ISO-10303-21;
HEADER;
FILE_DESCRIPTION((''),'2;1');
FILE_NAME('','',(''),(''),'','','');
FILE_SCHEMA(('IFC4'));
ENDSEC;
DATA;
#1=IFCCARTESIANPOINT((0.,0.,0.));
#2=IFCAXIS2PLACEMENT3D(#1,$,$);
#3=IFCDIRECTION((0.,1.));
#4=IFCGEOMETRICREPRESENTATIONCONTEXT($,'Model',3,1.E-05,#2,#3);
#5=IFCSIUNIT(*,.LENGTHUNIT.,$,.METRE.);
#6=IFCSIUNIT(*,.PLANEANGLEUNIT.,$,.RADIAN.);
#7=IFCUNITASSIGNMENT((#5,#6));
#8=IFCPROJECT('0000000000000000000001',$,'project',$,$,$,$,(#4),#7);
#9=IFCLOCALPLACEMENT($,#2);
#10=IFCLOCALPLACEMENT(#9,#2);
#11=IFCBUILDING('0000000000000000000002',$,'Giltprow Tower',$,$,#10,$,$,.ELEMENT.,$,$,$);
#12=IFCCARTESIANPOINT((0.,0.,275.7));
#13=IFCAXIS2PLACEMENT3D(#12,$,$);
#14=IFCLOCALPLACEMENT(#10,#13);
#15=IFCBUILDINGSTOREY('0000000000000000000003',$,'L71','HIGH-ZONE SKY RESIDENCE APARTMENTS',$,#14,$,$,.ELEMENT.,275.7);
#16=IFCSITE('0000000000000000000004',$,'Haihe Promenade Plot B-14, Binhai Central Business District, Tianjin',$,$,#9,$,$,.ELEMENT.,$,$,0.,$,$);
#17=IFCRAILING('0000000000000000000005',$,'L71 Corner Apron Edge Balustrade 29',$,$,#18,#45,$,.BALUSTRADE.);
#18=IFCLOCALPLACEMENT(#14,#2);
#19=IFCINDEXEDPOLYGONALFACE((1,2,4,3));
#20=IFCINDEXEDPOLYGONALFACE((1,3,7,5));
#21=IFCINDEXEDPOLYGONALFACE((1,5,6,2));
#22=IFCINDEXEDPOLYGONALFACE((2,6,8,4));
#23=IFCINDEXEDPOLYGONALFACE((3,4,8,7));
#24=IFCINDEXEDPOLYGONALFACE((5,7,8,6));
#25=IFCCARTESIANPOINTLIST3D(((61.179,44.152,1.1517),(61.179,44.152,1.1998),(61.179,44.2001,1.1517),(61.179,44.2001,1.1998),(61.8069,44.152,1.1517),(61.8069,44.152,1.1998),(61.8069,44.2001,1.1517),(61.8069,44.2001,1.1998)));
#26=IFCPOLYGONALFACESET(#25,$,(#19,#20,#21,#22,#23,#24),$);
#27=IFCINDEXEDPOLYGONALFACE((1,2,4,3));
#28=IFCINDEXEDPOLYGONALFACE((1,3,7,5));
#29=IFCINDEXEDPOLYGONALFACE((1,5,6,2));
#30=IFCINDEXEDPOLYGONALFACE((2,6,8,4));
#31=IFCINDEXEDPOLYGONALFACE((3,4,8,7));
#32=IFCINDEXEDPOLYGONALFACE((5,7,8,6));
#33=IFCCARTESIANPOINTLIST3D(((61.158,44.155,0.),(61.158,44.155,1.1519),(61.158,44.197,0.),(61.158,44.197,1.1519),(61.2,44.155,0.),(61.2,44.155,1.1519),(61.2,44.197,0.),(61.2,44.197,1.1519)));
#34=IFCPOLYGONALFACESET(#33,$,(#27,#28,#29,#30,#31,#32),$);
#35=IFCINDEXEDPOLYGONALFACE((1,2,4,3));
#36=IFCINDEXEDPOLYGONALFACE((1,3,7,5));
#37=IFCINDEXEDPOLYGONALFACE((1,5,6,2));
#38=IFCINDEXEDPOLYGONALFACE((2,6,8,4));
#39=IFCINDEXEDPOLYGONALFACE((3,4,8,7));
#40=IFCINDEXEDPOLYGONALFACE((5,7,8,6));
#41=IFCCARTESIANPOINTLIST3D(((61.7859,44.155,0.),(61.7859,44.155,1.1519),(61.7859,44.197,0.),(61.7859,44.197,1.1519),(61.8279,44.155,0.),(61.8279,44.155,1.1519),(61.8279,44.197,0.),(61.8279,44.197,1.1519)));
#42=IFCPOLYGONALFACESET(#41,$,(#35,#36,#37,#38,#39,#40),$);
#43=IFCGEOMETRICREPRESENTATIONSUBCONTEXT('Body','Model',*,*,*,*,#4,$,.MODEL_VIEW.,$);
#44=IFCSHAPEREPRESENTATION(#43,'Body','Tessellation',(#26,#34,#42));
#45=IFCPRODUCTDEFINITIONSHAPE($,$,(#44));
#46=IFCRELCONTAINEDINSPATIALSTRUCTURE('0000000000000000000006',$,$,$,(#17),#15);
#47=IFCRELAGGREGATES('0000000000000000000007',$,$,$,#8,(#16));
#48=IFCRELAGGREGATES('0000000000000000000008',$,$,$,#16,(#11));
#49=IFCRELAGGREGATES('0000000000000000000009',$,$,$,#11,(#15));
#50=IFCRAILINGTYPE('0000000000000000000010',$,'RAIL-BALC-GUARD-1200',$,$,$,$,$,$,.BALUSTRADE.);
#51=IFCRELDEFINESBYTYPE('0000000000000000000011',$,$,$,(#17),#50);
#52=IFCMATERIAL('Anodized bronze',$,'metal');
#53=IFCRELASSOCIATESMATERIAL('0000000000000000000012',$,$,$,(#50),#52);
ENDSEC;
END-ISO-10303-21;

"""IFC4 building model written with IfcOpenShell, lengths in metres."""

from ifc_helpers import new_model, si_unit, direction, frame, origin, origin_2d, place, context, subcontext, project, spatial, rectangle, extrude, material, type_object, element, save


model = new_model("IFC4")

# Units and contexts
model_context = context("Model", 3, precision=1e-05, world=origin(), true_north=direction((0.0, 1.0)))
body_context = subcontext(model_context, "Body", "Model", "MODEL_VIEW")
ifc_project = project(units=[si_unit("LENGTHUNIT", "METRE"), si_unit("PLANEANGLEUNIT", "RADIAN")], contexts=[model_context])

# Site, building, storey
site_placement = place(None, origin())
site = spatial("IfcSite", under=ifc_project, at=site_placement, Name="Haihe Promenade Plot B-14, Binhai Central Business District, Tianjin", CompositionType="ELEMENT", RefElevation=0.0)
building_placement = place(site_placement, origin())
building = spatial("IfcBuilding", under=site, at=building_placement, Name="Giltprow Tower", CompositionType="ELEMENT")
storey_placement = place(building_placement, frame((0.0, 0.0, 275.7)))
storey = spatial("IfcBuildingStorey", under=building, at=storey_placement, Name="L71", Description="HIGH-ZONE SKY RESIDENCE APARTMENTS", CompositionType="ELEMENT", Elevation=275.7)

# Railing
ifc_material_1 = material(Name="Anodized bronze", Category="metal")
railing_type = type_object("IfcRailingType", Name="RAIL-BALC-GUARD-1200", PredefinedType="BALUSTRADE", material=ifc_material_1)
railing_1_placement = place(storey_placement, frame((61.179, 44.176, 0.0)))
element("IfcRailing", 1, at=railing_1_placement, inside=storey, type_object=railing_type, Name="L71 Corner Apron Edge Balustrade 29", PredefinedType="BALUSTRADE", context=body_context, shape_type="SweptSolid", body=[
    extrude(rectangle(XDim=0.0481, YDim=0.0481, at=origin_2d()), frame((0.0, 0.0, 1.1758), z_axis=(1.0, 0.0, 0.0), x_axis=(0.0, 1.0, 0.0)), (0.0, 0.0, 1.0), 0.6279),
    extrude(rectangle(XDim=0.042, YDim=0.042, at=origin_2d()), origin(), (0.0, 0.0, 1.0), 1.1519),
    extrude(rectangle(XDim=0.042, YDim=0.042, at=origin_2d()), frame((0.6279, 0.0, 0.0)), (0.0, 0.0, 1.0), 1.1519),
])

save(model, "model.ifc")
